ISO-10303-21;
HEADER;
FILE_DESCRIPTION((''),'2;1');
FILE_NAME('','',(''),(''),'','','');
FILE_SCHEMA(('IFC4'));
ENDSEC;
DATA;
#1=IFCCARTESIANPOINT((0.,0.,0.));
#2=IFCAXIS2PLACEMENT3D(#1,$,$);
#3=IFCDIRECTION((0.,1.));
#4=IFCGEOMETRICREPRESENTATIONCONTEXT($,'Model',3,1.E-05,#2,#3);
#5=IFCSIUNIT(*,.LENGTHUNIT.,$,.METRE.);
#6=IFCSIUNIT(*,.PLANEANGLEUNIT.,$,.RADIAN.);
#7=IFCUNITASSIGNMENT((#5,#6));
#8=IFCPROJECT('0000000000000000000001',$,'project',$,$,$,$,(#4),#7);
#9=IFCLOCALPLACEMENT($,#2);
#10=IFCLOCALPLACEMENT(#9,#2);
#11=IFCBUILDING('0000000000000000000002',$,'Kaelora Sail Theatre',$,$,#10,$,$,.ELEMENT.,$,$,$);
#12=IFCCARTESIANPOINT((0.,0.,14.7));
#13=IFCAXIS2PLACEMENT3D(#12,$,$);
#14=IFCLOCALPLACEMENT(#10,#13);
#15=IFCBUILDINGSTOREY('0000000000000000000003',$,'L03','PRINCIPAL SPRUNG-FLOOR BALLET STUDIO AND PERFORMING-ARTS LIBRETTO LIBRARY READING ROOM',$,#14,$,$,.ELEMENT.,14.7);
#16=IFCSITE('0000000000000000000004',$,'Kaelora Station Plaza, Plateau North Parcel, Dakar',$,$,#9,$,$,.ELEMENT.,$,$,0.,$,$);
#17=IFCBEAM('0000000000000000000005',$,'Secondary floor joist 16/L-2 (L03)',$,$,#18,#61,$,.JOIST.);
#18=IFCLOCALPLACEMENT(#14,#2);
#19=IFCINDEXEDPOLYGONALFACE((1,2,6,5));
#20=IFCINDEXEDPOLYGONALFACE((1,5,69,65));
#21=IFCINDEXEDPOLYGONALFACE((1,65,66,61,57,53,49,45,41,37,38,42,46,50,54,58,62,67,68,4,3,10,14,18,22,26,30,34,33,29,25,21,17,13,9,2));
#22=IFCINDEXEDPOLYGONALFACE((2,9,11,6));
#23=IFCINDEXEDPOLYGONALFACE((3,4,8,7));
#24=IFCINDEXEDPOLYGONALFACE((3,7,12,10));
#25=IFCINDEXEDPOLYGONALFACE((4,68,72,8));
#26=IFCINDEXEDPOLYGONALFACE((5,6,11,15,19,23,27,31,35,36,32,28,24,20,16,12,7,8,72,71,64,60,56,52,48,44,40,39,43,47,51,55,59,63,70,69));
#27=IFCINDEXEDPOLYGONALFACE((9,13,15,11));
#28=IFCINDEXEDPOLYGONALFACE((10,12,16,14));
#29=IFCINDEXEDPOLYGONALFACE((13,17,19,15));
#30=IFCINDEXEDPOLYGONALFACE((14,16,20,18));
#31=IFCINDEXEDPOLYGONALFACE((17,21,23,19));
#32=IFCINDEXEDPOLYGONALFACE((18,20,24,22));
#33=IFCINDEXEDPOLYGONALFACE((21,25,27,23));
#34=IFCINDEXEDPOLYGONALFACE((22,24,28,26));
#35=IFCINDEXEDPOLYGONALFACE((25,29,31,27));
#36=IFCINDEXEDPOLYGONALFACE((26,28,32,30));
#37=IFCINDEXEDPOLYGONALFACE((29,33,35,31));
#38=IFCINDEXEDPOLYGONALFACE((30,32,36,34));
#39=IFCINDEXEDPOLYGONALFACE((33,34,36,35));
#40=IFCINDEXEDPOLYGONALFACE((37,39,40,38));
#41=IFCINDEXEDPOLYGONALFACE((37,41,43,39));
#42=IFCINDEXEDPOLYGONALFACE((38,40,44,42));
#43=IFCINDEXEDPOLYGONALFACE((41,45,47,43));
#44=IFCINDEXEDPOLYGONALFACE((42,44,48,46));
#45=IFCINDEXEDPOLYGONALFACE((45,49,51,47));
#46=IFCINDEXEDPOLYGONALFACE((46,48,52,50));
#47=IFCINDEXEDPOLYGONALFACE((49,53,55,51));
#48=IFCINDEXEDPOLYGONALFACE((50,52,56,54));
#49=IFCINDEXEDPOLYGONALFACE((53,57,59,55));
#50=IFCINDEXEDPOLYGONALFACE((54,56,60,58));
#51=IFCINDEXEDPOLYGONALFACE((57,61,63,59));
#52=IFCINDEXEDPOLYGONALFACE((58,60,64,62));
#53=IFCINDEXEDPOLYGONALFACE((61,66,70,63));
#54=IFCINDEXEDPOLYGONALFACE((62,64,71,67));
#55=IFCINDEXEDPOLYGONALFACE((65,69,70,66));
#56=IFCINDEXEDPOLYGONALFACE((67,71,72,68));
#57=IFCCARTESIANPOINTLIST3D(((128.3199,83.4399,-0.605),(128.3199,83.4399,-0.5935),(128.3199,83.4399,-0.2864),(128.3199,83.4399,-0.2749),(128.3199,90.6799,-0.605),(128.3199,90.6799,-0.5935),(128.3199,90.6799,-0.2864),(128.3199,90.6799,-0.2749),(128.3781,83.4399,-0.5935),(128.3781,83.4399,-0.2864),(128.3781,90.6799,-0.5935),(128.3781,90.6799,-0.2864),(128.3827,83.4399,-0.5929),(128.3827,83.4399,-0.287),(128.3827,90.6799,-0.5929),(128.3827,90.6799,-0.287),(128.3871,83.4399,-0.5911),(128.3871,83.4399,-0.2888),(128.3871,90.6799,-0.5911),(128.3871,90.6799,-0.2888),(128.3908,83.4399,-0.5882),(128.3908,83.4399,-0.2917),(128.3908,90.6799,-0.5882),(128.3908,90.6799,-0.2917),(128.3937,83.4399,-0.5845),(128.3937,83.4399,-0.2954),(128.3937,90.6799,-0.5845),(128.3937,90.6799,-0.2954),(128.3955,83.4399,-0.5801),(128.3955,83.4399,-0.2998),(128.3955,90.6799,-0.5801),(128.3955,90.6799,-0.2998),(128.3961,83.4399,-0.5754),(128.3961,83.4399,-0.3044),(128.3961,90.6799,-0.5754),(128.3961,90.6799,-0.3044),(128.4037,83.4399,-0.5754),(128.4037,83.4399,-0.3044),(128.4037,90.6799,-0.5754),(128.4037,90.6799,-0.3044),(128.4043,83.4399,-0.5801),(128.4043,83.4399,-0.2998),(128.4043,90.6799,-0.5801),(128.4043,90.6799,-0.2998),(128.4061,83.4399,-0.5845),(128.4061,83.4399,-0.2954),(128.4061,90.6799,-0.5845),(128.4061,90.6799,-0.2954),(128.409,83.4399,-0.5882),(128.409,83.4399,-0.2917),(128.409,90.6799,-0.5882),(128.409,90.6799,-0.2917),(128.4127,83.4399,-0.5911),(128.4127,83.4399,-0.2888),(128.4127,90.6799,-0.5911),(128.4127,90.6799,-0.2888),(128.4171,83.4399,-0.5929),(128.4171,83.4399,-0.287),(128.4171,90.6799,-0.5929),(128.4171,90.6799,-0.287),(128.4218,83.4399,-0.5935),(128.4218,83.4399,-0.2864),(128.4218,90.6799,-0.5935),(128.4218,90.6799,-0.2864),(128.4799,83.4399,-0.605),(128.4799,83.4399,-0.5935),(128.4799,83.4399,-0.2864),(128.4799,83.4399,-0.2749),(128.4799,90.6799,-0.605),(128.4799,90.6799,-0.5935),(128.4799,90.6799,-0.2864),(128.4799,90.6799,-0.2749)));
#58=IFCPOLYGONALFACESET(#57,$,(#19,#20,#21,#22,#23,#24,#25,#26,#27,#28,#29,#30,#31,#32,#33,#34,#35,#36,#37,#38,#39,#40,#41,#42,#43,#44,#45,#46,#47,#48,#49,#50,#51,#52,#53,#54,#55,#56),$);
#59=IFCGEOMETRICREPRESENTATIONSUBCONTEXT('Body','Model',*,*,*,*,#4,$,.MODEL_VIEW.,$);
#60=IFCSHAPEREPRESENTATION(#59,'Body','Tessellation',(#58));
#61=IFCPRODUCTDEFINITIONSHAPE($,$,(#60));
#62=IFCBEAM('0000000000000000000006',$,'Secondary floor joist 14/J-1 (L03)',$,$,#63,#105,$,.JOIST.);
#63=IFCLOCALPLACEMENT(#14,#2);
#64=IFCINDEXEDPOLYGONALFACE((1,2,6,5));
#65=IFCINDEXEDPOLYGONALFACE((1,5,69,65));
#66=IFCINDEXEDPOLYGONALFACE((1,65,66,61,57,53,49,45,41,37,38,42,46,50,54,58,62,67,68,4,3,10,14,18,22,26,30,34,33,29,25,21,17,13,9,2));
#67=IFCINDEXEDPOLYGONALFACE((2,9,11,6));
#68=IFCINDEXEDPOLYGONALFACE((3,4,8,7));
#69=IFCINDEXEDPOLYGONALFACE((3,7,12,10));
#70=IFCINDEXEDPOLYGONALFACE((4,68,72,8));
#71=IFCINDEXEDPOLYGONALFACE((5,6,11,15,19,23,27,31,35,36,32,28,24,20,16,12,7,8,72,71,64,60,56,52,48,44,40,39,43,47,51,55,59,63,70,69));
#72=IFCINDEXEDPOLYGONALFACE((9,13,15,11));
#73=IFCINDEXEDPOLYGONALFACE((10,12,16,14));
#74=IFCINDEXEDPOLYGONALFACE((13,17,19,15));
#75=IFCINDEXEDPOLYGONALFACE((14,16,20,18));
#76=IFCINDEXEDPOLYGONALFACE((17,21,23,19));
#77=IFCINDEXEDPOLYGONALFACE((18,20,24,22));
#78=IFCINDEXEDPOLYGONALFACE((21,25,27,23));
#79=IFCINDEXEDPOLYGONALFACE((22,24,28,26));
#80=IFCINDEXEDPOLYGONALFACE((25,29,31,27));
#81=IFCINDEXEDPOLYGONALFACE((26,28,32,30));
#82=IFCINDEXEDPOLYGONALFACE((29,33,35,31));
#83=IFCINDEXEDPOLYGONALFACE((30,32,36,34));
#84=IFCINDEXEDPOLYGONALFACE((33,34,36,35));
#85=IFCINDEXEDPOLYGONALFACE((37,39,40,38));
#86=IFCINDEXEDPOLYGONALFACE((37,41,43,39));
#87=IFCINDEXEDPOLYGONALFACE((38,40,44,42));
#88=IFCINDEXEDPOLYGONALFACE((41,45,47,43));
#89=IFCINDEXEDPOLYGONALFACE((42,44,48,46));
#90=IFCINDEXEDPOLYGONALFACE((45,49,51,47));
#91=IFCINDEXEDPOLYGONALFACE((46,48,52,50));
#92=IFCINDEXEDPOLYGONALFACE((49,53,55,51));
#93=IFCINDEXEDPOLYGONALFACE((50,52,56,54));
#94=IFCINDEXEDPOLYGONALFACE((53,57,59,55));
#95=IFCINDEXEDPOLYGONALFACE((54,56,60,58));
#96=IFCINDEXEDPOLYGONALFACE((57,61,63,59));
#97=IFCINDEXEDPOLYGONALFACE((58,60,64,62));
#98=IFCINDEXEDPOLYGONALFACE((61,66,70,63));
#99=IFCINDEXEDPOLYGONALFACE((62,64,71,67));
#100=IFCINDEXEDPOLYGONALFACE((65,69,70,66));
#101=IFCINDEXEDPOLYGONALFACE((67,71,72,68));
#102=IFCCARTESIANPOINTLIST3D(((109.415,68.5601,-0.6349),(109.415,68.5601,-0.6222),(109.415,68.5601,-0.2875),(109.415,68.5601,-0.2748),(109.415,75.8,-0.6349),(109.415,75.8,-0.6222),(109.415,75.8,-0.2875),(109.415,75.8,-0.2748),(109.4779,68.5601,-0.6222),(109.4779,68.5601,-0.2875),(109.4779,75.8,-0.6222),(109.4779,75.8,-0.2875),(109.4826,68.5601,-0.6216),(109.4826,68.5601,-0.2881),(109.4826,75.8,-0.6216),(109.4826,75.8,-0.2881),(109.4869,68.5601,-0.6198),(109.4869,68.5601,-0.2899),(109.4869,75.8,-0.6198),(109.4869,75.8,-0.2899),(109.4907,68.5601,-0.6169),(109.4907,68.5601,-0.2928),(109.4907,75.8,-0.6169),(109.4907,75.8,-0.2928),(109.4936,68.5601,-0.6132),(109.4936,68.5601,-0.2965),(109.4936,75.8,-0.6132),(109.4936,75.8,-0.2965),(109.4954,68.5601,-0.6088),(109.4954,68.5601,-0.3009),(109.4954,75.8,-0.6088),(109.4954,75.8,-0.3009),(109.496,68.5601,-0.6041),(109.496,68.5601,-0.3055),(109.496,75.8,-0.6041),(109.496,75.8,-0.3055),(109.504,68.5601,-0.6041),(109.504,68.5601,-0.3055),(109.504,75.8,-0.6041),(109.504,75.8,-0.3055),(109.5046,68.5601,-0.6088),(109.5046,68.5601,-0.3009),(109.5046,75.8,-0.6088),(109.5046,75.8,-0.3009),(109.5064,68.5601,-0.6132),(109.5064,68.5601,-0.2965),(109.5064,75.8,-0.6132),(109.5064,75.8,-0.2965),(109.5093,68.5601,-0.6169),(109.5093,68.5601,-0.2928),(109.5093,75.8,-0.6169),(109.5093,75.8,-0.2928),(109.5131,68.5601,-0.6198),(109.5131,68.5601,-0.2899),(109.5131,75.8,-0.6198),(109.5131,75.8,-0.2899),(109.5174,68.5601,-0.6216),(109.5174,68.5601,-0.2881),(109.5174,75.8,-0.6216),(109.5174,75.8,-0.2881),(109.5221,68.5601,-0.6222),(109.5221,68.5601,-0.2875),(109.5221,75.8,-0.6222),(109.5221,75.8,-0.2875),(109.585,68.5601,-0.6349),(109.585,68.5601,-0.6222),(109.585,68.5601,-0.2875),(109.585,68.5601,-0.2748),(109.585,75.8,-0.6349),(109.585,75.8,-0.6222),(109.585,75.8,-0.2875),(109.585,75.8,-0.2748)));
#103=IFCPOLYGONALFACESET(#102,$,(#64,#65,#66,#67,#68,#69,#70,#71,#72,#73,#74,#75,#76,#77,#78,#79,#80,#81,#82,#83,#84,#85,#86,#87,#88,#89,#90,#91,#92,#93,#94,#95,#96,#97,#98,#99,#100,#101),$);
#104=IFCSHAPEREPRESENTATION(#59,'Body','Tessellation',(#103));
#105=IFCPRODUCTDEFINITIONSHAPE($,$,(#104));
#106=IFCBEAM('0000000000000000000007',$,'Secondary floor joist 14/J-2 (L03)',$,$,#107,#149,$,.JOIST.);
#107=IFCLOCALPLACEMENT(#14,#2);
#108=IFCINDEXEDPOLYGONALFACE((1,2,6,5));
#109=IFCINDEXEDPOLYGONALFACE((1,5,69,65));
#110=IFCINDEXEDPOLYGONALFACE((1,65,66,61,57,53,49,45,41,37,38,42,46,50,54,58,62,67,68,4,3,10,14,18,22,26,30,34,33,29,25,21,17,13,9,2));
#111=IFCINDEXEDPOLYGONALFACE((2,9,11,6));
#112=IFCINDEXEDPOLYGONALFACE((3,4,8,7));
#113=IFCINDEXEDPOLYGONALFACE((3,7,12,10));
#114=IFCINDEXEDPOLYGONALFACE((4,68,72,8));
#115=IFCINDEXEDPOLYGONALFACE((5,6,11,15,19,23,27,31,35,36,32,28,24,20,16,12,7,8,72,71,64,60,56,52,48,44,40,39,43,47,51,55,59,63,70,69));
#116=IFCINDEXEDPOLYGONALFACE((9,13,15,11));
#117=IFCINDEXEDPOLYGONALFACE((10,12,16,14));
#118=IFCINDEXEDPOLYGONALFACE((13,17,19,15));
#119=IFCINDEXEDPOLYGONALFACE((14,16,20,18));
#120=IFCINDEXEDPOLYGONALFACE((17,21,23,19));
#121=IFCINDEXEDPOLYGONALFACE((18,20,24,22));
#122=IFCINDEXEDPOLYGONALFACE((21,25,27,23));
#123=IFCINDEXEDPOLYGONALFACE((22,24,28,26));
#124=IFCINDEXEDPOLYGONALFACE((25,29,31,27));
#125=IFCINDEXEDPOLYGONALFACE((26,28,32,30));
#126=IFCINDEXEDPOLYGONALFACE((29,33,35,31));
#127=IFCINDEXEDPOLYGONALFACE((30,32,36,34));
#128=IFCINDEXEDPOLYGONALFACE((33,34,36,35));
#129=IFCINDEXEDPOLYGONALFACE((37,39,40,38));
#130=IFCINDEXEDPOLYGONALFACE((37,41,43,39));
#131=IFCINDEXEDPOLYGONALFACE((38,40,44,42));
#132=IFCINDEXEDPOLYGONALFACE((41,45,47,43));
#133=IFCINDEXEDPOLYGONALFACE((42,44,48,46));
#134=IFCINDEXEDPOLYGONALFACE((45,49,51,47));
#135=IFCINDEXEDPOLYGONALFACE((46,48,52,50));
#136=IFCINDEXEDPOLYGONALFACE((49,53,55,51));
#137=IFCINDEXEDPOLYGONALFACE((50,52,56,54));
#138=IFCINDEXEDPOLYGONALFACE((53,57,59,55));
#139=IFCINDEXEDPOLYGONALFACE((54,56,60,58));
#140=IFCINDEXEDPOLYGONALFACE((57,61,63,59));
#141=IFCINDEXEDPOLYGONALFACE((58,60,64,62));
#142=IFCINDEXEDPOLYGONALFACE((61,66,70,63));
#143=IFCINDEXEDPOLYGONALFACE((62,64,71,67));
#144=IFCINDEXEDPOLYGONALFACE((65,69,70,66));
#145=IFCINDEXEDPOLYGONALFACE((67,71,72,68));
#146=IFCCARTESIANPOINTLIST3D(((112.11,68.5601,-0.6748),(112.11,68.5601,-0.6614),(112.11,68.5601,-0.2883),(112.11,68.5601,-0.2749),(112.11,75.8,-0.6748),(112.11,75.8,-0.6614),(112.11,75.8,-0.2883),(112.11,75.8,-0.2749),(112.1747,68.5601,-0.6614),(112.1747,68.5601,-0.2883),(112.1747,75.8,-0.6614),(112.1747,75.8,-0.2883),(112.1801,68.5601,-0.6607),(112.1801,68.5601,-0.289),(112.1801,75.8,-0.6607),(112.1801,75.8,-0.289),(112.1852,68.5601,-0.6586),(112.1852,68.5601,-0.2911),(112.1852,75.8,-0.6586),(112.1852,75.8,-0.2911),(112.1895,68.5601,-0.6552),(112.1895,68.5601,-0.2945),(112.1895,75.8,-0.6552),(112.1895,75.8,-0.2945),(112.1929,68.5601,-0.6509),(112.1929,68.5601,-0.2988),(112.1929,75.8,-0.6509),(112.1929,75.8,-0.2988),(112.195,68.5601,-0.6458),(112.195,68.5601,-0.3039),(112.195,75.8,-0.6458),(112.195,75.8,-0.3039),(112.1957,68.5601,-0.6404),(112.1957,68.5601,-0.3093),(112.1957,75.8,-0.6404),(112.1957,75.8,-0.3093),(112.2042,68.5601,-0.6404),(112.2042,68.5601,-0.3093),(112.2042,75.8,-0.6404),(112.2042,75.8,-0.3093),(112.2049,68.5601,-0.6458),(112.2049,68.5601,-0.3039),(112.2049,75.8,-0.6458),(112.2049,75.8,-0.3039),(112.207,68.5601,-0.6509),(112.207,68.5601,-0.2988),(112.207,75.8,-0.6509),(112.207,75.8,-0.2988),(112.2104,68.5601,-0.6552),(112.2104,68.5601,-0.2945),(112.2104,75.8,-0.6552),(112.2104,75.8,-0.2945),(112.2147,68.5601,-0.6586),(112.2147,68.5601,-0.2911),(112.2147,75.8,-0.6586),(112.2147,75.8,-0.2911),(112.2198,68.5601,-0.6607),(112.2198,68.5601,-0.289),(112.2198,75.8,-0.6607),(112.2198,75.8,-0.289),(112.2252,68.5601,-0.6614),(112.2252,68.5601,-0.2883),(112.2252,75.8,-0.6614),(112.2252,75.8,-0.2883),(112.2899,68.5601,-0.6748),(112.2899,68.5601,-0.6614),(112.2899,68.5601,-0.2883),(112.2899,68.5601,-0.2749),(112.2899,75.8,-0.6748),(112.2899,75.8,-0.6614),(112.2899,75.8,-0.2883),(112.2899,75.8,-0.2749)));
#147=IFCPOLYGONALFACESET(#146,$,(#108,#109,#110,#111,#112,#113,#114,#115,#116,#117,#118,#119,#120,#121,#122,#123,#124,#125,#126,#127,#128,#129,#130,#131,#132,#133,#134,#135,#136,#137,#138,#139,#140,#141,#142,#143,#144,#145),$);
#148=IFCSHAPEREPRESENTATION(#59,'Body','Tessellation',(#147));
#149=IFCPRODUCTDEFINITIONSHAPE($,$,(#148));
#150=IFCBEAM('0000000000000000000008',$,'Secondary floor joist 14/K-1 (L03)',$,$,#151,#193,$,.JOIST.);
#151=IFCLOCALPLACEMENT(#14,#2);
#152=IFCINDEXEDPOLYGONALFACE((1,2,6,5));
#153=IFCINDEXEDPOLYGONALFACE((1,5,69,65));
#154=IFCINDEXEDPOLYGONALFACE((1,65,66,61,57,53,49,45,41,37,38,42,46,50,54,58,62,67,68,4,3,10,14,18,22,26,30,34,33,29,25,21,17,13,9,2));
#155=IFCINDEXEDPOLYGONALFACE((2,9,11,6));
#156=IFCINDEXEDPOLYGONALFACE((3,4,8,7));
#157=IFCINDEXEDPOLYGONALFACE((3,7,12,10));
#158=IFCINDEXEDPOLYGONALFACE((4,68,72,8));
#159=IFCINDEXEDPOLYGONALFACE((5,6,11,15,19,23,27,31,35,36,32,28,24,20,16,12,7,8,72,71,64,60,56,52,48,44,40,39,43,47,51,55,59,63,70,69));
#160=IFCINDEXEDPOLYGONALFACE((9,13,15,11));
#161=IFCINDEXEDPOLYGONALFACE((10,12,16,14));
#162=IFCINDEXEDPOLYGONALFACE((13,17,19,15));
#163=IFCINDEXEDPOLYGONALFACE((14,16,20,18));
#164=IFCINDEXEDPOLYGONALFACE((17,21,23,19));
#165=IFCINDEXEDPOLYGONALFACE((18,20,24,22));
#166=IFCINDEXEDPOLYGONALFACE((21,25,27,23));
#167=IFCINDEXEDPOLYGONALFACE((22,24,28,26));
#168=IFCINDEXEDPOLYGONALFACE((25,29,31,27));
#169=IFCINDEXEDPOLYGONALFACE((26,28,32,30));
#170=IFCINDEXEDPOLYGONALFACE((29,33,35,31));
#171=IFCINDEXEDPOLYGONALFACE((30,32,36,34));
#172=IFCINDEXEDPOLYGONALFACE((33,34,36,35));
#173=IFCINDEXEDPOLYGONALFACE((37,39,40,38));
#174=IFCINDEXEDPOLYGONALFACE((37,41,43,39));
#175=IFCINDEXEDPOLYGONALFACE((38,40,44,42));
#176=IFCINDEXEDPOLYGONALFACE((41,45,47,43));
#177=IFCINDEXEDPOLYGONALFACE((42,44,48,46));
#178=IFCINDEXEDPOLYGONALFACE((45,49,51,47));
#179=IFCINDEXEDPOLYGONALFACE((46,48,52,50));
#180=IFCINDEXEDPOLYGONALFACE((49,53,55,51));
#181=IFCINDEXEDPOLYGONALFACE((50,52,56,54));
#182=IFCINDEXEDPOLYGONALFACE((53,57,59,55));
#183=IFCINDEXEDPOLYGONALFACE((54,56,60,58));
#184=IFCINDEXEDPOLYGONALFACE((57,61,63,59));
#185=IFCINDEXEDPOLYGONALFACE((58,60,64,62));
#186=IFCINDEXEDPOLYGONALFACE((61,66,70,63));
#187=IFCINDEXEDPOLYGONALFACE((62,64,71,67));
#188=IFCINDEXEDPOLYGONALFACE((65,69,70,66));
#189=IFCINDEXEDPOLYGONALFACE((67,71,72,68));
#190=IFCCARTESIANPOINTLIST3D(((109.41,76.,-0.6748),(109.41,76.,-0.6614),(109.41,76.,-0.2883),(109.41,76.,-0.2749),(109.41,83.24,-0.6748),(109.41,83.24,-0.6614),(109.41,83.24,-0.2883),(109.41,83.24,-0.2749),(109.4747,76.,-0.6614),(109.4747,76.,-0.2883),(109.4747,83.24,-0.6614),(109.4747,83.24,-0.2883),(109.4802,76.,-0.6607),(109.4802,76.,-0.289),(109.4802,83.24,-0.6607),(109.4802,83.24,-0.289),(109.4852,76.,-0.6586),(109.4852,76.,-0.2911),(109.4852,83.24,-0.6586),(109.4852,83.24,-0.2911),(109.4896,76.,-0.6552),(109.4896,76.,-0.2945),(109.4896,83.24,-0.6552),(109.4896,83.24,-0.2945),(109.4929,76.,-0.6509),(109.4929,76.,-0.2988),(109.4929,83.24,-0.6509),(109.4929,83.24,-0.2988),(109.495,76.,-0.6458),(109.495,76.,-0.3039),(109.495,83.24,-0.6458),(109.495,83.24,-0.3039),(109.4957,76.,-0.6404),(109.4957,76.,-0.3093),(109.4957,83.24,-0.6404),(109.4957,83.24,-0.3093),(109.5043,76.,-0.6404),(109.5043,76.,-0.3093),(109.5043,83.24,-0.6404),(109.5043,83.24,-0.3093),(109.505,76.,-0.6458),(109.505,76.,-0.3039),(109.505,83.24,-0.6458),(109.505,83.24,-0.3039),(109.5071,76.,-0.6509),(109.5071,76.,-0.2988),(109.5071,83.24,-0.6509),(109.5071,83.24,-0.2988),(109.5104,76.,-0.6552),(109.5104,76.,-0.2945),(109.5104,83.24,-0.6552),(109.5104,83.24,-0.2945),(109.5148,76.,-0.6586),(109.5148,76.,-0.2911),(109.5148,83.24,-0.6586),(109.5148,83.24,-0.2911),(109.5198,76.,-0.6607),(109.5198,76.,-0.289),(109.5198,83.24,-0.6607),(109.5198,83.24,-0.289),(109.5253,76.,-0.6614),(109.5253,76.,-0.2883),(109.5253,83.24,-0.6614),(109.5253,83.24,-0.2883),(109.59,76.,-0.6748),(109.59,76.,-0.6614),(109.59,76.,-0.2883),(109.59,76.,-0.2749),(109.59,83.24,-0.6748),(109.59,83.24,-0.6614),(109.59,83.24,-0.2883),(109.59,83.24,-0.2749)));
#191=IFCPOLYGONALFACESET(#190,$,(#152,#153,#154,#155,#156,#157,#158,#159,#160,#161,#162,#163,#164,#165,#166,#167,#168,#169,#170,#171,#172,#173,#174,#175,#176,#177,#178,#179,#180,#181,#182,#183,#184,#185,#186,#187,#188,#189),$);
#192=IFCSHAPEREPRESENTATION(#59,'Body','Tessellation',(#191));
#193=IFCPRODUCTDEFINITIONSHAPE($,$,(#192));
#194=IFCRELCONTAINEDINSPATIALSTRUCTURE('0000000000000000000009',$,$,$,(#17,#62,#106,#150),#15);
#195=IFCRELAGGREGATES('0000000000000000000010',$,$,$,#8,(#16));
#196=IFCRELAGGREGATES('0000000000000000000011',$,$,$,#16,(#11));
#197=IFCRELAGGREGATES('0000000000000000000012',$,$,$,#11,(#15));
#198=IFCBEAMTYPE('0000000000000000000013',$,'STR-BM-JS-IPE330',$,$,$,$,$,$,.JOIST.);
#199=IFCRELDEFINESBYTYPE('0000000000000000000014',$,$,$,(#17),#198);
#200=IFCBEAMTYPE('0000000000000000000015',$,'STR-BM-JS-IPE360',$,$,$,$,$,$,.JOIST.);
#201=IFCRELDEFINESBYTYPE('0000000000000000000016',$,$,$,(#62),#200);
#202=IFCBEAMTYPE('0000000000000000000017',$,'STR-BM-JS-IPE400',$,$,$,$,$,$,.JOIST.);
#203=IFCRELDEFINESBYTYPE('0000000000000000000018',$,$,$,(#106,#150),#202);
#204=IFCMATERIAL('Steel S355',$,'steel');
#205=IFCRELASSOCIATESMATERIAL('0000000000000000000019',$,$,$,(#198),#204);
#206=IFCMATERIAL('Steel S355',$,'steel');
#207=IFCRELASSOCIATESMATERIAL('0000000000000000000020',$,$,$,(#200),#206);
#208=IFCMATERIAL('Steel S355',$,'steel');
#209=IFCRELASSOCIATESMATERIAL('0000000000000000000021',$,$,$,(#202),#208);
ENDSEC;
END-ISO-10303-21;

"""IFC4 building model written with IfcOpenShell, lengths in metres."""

from ifc_helpers import new_model, si_unit, direction, frame, origin, origin_2d, place, context, subcontext, project, spatial, i_section, extrude, material, material_profile, profile_set, type_object, element, save


model = new_model("IFC4")

# Units and contexts
model_context = context("Model", 3, precision=1e-05, world=origin(), true_north=direction((0.0, 1.0)))
body_context = subcontext(model_context, "Body", "Model", "MODEL_VIEW")
ifc_project = project(units=[si_unit("LENGTHUNIT", "METRE"), si_unit("PLANEANGLEUNIT", "RADIAN")], contexts=[model_context])

# Site, building, storey
site_placement = place(None, origin())
site = spatial("IfcSite", under=ifc_project, at=site_placement, Name="Kaelora Station Plaza, Plateau North Parcel, Dakar", CompositionType="ELEMENT", RefElevation=0.0)
building_placement = place(site_placement, origin())
building = spatial("IfcBuilding", under=site, at=building_placement, Name="Kaelora Sail Theatre", CompositionType="ELEMENT")
storey_placement = place(building_placement, frame((0.0, 0.0, 14.7)))
storey = spatial("IfcBuildingStorey", under=building, at=storey_placement, Name="L03", Description="PRINCIPAL SPRUNG-FLOOR BALLET STUDIO AND PERFORMING-ARTS LIBRETTO LIBRARY READING ROOM", CompositionType="ELEMENT", Elevation=14.7)

# Beams
ifc_material_1 = material(Name="Steel S355", Category="steel")
ifc_material_profile_1 = material_profile(ifc_material_1, i_section(OverallWidth=0.1599, OverallDepth=0.3301, WebThickness=0.0076, FlangeThickness=0.0115, FilletRadius=0.0181, at=origin_2d()), Name="IPE 330")
ifc_profile_set_1 = profile_set([ifc_material_profile_1], Name="Steel S355")
beam_type_1 = type_object("IfcBeamType", Name="STR-BM-JS-IPE330", PredefinedType="JOIST", material=ifc_profile_set_1)
beam_1_placement = place(storey_placement, frame((128.3999, 83.4399, -0.4399), z_axis=(0.0, 1.0, 0.0), x_axis=(-1.0, 0.0, 0.0)))
element("IfcBeam", 1, at=beam_1_placement, inside=storey, type_object=beam_type_1, Name="Secondary floor joist 16/L-2 (L03)", PredefinedType="JOIST", context=body_context, shape_type="SweptSolid", body=[
    extrude(i_section(OverallWidth=0.1599, OverallDepth=0.3301, WebThickness=0.0076, FlangeThickness=0.0115, FilletRadius=0.0181, at=origin_2d()), origin(), (0.0, 0.0, 1.0), 7.24),
])
ifc_material_2 = material(Name="Steel S355", Category="steel")
ifc_material_profile_2 = material_profile(ifc_material_2, i_section(OverallWidth=0.1699, OverallDepth=0.3601, WebThickness=0.0081, FlangeThickness=0.0127, FilletRadius=0.0181, at=origin_2d()), Name="IPE 360")
ifc_profile_set_2 = profile_set([ifc_material_profile_2], Name="Steel S355")
beam_type_2 = type_object("IfcBeamType", Name="STR-BM-JS-IPE360", PredefinedType="JOIST", material=ifc_profile_set_2)
beam_2_placement = place(storey_placement, frame((109.5, 68.5601, -0.4548), z_axis=(0.0, 1.0, 0.0), x_axis=(-1.0, 0.0, 0.0)))
element("IfcBeam", 2, at=beam_2_placement, inside=storey, type_object=beam_type_2, Name="Secondary floor joist 14/J-1 (L03)", PredefinedType="JOIST", context=body_context, shape_type="SweptSolid", body=[
    extrude(i_section(OverallWidth=0.1699, OverallDepth=0.3601, WebThickness=0.0081, FlangeThickness=0.0127, FilletRadius=0.0181, at=origin_2d()), origin(), (0.0, 0.0, 1.0), 7.24),
])
ifc_material_3 = material(Name="Steel S355", Category="steel")
ifc_material_profile_3 = material_profile(ifc_material_3, i_section(OverallWidth=0.1799, OverallDepth=0.3999, WebThickness=0.0085, FlangeThickness=0.0134, FilletRadius=0.021, at=origin_2d()), Name="IPE 400")
ifc_profile_set_3 = profile_set([ifc_material_profile_3], Name="Steel S355")
beam_type_3 = type_object("IfcBeamType", Name="STR-BM-JS-IPE400", PredefinedType="JOIST", material=ifc_profile_set_3)
for number, where, z_axis, x_axis, name in (
    (3, (112.2, 68.5601, -0.4749), (0.0, 1.0, 0.0), (-1.0, 0.0, 0.0), "Secondary floor joist 14/J-2 (L03)"),
    (4, (109.5, 76.0, -0.4749), (0.0, 1.0, 0.0), (-1.0, 0.0, 0.0), "Secondary floor joist 14/K-1 (L03)"),
):
    element("IfcBeam", number, at=place(storey_placement, frame(where, z_axis=z_axis, x_axis=x_axis)), inside=storey, type_object=beam_type_3, Name=name, PredefinedType="JOIST", context=body_context, shape_type="SweptSolid", body=[
        extrude(i_section(OverallWidth=0.1799, OverallDepth=0.3999, WebThickness=0.0085, FlangeThickness=0.0134, FilletRadius=0.021, at=origin_2d()), origin(), (0.0, 0.0, 1.0), 7.24),
    ])

save(model, "model.ifc")
